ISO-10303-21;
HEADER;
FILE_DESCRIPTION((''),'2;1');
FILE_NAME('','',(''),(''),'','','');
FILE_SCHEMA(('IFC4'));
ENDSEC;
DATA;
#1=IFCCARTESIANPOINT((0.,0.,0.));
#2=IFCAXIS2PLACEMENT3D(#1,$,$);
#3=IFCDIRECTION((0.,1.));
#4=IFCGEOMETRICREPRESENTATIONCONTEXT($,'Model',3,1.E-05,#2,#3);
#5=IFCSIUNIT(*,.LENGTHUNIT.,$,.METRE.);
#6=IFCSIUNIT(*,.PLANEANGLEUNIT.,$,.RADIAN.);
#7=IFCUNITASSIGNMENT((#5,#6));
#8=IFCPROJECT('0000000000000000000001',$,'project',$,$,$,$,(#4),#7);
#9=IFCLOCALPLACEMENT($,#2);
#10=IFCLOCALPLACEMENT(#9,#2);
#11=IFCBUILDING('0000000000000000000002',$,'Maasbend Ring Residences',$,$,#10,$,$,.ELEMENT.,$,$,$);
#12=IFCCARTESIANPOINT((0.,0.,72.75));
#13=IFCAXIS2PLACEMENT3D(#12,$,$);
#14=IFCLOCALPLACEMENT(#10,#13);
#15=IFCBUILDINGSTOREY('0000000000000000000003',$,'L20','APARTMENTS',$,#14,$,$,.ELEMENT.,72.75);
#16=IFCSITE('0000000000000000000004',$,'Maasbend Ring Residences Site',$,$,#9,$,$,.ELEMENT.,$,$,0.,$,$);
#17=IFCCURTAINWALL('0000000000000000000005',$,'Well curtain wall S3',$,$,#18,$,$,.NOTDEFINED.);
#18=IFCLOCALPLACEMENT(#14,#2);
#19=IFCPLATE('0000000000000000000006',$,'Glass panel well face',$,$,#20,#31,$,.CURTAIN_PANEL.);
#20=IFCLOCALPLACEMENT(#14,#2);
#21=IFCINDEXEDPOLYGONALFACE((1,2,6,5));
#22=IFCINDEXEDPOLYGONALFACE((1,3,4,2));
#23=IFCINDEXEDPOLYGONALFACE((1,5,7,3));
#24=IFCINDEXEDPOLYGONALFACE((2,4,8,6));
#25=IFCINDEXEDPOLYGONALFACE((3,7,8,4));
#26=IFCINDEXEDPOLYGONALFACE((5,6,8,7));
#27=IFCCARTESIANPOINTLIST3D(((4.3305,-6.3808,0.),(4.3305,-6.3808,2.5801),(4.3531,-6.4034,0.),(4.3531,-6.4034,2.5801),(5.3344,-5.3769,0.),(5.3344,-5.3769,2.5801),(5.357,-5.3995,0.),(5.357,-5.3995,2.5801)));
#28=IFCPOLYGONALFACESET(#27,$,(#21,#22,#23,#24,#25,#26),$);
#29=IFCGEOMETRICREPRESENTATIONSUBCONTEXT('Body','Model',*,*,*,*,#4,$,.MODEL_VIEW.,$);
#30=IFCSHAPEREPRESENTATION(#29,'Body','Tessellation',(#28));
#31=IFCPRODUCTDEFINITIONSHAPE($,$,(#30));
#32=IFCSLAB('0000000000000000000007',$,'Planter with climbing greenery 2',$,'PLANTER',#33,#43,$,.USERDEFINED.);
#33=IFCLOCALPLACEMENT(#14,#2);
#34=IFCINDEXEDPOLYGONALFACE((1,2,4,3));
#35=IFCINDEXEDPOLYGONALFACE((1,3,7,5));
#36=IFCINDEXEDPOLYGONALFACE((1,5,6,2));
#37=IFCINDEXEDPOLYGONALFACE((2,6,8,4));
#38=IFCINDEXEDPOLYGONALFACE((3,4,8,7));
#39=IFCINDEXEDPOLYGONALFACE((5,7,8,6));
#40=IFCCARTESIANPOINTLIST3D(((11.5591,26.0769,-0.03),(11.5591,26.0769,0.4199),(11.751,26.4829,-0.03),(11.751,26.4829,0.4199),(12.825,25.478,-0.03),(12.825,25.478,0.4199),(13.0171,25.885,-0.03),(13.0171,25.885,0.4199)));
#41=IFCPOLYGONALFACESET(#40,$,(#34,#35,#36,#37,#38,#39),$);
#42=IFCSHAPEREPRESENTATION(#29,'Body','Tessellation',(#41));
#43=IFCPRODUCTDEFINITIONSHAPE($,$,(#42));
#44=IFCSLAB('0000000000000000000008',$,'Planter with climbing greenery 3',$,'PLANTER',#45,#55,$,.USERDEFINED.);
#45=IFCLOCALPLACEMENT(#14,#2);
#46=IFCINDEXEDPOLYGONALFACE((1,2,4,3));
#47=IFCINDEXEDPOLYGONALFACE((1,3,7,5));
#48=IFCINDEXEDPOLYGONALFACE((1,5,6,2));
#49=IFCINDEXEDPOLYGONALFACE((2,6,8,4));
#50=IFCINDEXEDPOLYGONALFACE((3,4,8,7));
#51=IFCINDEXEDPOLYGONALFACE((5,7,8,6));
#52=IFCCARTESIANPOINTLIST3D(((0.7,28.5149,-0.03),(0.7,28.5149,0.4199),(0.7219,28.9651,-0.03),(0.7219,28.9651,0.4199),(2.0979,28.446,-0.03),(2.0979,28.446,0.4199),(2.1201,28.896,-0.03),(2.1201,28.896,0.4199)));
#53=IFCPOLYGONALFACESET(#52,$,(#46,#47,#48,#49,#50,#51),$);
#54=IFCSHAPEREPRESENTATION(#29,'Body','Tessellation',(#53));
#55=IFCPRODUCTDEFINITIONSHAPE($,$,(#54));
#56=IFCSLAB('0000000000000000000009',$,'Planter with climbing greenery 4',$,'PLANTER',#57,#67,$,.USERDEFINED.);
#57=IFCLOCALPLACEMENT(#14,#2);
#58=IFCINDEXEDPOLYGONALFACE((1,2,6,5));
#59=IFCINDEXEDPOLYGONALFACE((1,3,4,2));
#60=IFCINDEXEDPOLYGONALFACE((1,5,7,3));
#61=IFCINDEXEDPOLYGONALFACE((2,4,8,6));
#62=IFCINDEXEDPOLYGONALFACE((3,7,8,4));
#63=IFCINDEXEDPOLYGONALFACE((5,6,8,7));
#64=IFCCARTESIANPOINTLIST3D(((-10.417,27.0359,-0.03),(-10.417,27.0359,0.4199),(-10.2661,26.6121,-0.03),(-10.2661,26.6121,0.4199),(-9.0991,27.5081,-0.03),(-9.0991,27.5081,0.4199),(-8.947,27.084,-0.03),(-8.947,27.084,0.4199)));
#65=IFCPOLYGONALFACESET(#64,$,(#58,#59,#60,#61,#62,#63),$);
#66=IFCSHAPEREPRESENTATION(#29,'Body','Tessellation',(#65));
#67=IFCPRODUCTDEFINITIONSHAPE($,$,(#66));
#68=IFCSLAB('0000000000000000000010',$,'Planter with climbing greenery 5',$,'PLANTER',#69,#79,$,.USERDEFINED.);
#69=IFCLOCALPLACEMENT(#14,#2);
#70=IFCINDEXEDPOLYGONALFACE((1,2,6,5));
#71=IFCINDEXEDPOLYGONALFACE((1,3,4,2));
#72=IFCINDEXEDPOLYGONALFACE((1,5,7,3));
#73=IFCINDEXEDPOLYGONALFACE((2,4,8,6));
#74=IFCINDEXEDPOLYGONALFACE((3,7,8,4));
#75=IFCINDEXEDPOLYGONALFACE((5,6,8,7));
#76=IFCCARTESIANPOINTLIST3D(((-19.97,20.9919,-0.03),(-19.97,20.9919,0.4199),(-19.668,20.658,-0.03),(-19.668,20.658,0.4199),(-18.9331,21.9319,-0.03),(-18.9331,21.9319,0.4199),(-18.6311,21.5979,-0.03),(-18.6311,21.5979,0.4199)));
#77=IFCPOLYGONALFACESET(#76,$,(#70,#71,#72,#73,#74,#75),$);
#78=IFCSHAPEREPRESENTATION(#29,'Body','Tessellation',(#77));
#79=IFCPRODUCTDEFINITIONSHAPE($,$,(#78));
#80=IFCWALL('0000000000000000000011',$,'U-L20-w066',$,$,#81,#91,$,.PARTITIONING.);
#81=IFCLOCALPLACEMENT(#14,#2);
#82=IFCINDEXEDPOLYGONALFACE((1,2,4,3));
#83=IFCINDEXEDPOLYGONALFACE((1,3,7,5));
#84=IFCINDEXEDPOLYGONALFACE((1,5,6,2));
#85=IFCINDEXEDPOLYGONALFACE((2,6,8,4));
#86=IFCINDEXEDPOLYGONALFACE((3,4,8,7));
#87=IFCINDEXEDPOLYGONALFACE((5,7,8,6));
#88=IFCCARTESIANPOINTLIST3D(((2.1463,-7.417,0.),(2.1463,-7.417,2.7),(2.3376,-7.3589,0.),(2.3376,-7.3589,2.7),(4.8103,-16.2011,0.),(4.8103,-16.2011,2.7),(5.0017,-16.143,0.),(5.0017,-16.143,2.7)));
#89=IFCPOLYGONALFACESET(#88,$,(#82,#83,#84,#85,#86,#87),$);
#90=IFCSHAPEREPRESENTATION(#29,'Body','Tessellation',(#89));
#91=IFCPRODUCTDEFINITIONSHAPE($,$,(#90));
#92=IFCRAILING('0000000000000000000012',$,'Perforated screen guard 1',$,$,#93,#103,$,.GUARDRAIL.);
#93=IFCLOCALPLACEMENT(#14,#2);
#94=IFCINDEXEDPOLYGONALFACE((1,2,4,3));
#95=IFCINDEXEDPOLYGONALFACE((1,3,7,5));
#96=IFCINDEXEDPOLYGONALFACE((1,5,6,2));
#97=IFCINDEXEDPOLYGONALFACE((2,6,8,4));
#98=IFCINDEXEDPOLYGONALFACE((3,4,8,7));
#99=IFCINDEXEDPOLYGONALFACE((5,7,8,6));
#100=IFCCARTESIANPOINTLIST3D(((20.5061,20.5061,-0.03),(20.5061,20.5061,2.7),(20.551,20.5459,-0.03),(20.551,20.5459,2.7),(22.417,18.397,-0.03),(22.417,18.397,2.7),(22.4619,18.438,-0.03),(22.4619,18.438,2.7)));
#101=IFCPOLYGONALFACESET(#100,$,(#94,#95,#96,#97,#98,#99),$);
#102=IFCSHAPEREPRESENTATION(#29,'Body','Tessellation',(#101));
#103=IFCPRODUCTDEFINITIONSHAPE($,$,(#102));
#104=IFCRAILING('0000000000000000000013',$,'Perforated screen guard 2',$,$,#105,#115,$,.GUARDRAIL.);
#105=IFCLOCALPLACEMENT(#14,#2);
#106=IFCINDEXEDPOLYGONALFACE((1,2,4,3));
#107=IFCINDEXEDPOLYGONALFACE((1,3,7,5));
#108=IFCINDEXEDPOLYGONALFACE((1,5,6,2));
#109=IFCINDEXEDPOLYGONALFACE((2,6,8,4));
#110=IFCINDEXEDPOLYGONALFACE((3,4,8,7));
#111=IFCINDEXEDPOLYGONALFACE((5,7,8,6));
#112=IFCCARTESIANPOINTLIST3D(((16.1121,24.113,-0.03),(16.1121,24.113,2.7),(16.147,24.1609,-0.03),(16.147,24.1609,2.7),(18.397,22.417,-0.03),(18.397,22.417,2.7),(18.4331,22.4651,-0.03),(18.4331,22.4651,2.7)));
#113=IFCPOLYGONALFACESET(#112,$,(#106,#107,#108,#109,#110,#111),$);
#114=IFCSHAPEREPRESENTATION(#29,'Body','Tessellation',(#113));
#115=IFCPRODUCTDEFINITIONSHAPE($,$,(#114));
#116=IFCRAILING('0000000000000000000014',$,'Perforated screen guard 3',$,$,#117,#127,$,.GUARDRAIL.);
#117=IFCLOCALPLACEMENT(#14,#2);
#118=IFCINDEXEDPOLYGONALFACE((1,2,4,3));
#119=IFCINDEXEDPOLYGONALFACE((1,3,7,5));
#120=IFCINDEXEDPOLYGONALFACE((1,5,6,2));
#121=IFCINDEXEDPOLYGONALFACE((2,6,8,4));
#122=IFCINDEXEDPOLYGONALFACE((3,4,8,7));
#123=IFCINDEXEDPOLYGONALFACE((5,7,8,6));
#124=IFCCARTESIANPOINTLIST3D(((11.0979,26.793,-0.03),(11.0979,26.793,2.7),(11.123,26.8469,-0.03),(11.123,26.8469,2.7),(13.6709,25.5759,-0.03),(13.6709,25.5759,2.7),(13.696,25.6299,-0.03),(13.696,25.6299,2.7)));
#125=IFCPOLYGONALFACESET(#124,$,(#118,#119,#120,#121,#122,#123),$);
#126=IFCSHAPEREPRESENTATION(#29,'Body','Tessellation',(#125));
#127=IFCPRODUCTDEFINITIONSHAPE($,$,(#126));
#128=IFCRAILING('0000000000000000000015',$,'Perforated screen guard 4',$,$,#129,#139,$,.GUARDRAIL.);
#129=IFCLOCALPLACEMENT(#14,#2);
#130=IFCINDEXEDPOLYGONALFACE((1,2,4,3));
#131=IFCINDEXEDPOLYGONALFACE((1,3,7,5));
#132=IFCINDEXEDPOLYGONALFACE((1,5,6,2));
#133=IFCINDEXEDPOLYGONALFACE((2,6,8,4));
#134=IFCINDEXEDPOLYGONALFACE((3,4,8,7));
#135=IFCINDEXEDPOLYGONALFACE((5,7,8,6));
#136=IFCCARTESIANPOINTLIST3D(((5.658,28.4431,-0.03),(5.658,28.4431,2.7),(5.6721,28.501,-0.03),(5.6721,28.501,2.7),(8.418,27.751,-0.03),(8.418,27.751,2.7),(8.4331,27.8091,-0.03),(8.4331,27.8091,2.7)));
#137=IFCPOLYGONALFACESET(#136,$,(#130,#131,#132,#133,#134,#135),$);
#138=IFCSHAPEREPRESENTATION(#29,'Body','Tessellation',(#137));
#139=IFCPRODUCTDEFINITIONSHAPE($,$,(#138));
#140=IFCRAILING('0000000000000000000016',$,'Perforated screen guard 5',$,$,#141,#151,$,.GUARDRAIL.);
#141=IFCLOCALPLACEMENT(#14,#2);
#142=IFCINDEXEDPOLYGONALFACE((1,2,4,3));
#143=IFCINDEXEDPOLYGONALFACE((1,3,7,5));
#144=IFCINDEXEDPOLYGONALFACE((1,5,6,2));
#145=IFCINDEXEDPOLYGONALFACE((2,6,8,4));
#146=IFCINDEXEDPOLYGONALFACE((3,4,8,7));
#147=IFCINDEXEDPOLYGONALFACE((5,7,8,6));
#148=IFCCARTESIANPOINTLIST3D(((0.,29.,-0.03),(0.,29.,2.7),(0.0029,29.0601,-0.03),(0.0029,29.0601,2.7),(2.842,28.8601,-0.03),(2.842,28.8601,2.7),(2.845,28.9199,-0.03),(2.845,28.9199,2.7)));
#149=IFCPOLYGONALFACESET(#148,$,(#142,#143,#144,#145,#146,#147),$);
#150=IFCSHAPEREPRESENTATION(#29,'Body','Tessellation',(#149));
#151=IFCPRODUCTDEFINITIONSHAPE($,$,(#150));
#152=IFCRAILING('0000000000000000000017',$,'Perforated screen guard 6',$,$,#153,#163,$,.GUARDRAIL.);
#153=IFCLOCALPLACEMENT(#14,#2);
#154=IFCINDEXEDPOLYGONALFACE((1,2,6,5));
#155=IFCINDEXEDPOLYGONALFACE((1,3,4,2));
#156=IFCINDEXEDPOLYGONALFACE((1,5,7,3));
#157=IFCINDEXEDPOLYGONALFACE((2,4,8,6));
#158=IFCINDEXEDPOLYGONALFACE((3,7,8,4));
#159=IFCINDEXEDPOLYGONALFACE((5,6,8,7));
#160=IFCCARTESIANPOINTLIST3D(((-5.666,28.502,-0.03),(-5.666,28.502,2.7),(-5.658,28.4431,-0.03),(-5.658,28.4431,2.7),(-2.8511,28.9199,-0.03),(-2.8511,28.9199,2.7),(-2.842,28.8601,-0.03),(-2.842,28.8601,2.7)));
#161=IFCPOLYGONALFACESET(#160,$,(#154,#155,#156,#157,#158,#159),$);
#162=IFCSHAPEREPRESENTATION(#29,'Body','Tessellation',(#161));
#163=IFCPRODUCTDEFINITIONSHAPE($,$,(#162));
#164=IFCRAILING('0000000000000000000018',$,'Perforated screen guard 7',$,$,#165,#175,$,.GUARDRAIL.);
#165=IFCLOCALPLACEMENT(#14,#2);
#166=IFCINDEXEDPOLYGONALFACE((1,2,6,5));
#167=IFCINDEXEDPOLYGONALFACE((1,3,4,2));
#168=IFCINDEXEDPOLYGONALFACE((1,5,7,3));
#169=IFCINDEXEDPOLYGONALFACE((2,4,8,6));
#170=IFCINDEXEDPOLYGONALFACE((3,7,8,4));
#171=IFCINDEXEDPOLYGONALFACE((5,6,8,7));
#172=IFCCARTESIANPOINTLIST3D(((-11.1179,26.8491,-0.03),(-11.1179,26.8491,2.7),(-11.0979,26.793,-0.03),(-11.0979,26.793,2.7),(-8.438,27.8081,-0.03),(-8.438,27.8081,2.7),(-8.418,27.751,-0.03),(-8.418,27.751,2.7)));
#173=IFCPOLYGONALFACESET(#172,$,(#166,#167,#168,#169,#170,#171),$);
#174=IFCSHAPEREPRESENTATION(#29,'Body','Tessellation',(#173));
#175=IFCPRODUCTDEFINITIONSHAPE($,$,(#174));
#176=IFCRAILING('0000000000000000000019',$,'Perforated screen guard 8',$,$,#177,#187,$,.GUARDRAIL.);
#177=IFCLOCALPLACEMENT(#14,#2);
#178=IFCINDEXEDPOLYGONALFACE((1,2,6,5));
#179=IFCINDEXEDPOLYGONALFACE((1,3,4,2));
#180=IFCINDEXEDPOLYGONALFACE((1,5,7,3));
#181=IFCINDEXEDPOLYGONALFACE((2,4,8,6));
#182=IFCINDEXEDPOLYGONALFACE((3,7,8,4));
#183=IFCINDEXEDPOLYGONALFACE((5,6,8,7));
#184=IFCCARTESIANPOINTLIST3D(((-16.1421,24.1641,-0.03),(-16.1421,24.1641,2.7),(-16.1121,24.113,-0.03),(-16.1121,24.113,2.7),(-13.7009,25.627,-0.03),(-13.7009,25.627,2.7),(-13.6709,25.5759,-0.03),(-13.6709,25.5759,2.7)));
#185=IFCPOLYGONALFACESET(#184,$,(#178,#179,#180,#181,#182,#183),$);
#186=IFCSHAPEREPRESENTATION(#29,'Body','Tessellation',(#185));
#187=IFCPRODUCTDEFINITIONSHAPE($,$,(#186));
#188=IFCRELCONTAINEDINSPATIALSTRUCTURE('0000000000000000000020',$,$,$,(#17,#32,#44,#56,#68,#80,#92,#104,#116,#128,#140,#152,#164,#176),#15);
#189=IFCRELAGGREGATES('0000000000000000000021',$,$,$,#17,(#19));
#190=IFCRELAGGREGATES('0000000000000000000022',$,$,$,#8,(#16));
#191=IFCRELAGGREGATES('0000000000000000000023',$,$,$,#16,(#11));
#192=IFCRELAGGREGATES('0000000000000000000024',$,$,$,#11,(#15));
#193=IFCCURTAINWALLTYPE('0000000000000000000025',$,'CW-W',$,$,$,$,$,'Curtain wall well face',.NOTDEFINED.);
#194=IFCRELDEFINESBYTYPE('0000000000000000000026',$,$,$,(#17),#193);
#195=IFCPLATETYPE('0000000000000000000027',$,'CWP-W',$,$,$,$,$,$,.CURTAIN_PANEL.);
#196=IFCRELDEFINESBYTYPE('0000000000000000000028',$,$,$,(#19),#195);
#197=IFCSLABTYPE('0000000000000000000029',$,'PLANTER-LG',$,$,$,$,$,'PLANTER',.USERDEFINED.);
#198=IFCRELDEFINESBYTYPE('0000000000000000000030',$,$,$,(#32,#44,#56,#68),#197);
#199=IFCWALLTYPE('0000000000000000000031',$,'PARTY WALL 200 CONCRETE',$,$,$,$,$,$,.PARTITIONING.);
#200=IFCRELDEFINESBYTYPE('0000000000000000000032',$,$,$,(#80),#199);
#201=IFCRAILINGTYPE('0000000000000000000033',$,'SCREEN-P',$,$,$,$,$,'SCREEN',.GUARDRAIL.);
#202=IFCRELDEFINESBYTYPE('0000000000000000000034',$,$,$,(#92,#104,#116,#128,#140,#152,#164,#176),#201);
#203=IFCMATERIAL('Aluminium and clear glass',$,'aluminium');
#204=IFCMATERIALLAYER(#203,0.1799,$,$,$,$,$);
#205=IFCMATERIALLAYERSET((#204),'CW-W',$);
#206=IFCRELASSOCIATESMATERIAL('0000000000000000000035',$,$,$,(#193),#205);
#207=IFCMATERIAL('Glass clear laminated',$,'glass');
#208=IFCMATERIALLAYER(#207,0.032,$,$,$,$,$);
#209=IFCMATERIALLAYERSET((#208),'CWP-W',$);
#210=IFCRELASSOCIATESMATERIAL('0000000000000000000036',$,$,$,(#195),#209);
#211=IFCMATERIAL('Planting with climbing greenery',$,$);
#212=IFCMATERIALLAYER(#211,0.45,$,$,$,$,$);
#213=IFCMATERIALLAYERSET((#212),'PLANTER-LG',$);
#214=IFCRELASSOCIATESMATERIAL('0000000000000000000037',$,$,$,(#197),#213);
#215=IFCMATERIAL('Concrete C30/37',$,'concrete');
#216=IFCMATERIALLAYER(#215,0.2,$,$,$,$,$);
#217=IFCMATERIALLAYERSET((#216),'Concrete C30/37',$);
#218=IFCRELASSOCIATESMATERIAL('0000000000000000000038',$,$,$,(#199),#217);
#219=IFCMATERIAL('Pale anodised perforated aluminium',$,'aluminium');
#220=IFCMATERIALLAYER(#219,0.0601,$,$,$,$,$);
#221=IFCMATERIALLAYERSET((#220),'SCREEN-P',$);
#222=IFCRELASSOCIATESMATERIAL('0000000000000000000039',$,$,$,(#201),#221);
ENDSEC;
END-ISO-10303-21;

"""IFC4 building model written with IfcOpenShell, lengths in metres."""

from ifc_helpers import new_model, si_unit, direction, frame, frame_2d, origin, origin_2d, place, context, subcontext, project, spatial, polyline, rectangle, outline, extrude, material, layer, layer_set, type_object, element, aggregate, save


model = new_model("IFC4")

# Units and contexts
model_context = context("Model", 3, precision=1e-05, world=origin(), true_north=direction((0.0, 1.0)))
body_context = subcontext(model_context, "Body", "Model", "MODEL_VIEW")
ifc_project = project(units=[si_unit("LENGTHUNIT", "METRE"), si_unit("PLANEANGLEUNIT", "RADIAN")], contexts=[model_context])

# Site, building, storey
site_placement = place(None, origin())
site = spatial("IfcSite", under=ifc_project, at=site_placement, Name="Maasbend Ring Residences Site", CompositionType="ELEMENT", RefElevation=0.0)
building_placement = place(site_placement, origin())
building = spatial("IfcBuilding", under=site, at=building_placement, Name="Maasbend Ring Residences", CompositionType="ELEMENT")
storey_placement = place(building_placement, frame((0.0, 0.0, 72.75)))
storey = spatial("IfcBuildingStorey", under=building, at=storey_placement, Name="L20", Description="APARTMENTS", CompositionType="ELEMENT", Elevation=72.75)

# Shared definitions
ifc_material_1 = material(Name="Aluminium and clear glass", Category="aluminium")
ifc_layer_1 = layer(ifc_material_1, 0.1799)
ifc_layer_set_1 = layer_set([ifc_layer_1], Name="CW-W")
curtain_wall_type = type_object("IfcCurtainWallType", Name="CW-W", ElementType="Curtain wall well face", PredefinedType="NOTDEFINED", material=ifc_layer_set_1)

# Curtain wall
curtain_wall_1_placement = place(storey_placement, origin())
curtain_wall_1 = element("IfcCurtainWall", 1, at=curtain_wall_1_placement, inside=storey, type_object=curtain_wall_type, Name="Well curtain wall S3", PredefinedType="NOTDEFINED")

# Plate
ifc_material_2 = material(Name="Glass clear laminated", Category="glass")
ifc_layer_2 = layer(ifc_material_2, 0.032)
ifc_layer_set_2 = layer_set([ifc_layer_2], Name="CWP-W")
plate_type = type_object("IfcPlateType", Name="CWP-W", PredefinedType="CURTAIN_PANEL", material=ifc_layer_set_2)
plate_1_placement = place(storey_placement, frame((4.8438, -5.8901, 0.0), z_axis=(0.0, 0.0, 1.0), x_axis=(0.707107, 0.707107, 0.0)))
plate_1 = element("IfcPlate", 2, at=plate_1_placement, type_object=plate_type, Name="Glass panel well face", PredefinedType="CURTAIN_PANEL", context=body_context, shape_type="SweptSolid", body=[
    extrude(rectangle(XDim=1.4197, YDim=0.032, at=origin_2d()), origin(), (0.0, 0.0, 1.0), 2.5801),
])
aggregate(curtain_wall_1, [plate_1])

# Slabs
ifc_material_3 = material(Name="Planting with climbing greenery")
ifc_layer_3 = layer(ifc_material_3, 0.45)
ifc_layer_set_3 = layer_set([ifc_layer_3], Name="PLANTER-LG")
slab_type_1 = type_object("IfcSlabType", Name="PLANTER-LG", ElementType="PLANTER", PredefinedType="USERDEFINED", material=ifc_layer_set_3)
slab_1_placement = place(storey_placement, frame((0.0, 0.0, -0.03)))
element("IfcSlab", 3, at=slab_1_placement, inside=storey, type_object=slab_type_1, Name="Planter with climbing greenery 2", ObjectType="PLANTER", PredefinedType="USERDEFINED", context=body_context, shape_type="SweptSolid", body=[
    extrude(outline(polyline([(13.0171, 25.885), (11.751, 26.4829), (11.5591, 26.0769), (12.825, 25.478), (13.0171, 25.885)])), origin(), (0.0, 0.0, 1.0), 0.45),
])
slab_2_placement = place(storey_placement, frame((0.0, 0.0, -0.03)))
element("IfcSlab", 4, at=slab_2_placement, inside=storey, type_object=slab_type_1, Name="Planter with climbing greenery 3", ObjectType="PLANTER", PredefinedType="USERDEFINED", context=body_context, shape_type="SweptSolid", body=[
    extrude(outline(polyline([(2.1201, 28.896), (0.7219, 28.9651), (0.7, 28.5149), (2.0979, 28.446), (2.1201, 28.896)])), origin(), (0.0, 0.0, 1.0), 0.45),
])
slab_3_placement = place(storey_placement, frame((0.0, 0.0, -0.03)))
element("IfcSlab", 5, at=slab_3_placement, inside=storey, type_object=slab_type_1, Name="Planter with climbing greenery 4", ObjectType="PLANTER", PredefinedType="USERDEFINED", context=body_context, shape_type="SweptSolid", body=[
    extrude(outline(polyline([(-9.0991, 27.5081), (-10.417, 27.0359), (-10.2661, 26.6121), (-8.947, 27.084), (-9.0991, 27.5081)])), origin(), (0.0, 0.0, 1.0), 0.45),
])
slab_4_placement = place(storey_placement, frame((0.0, 0.0, -0.03)))
element("IfcSlab", 6, at=slab_4_placement, inside=storey, type_object=slab_type_1, Name="Planter with climbing greenery 5", ObjectType="PLANTER", PredefinedType="USERDEFINED", context=body_context, shape_type="SweptSolid", body=[
    extrude(outline(polyline([(-18.9331, 21.9319), (-19.97, 20.9919), (-19.668, 20.658), (-18.6311, 21.5979), (-18.9331, 21.9319)])), origin(), (0.0, 0.0, 1.0), 0.45),
])

# Wall
ifc_material_4 = material(Name="Concrete C30/37", Category="concrete")
ifc_layer_4 = layer(ifc_material_4, 0.2)
ifc_layer_set_4 = layer_set([ifc_layer_4], Name="Concrete C30/37")
wall_type = type_object("IfcWallType", Name="PARTY WALL 200 CONCRETE", PredefinedType="PARTITIONING", material=ifc_layer_set_4)
wall_placement = place(storey_placement, frame((2.2419, -7.3879, 0.0), z_axis=(0.0, 0.0, 1.0), x_axis=(0.290226, -0.956958, 0.0)))
element("IfcWall", 7, at=wall_placement, inside=storey, type_object=wall_type, Name="U-L20-w066", PredefinedType="PARTITIONING", context=body_context, shape_type="SweptSolid", body=[
    extrude(rectangle(XDim=9.1792, YDim=0.2, at=frame_2d((4.5896, 0.0))), origin(), (0.0, 0.0, 1.0), 2.7),
])

# Railings
ifc_material_5 = material(Name="Pale anodised perforated aluminium", Category="aluminium")
ifc_layer_5 = layer(ifc_material_5, 0.0601)
ifc_layer_set_5 = layer_set([ifc_layer_5], Name="SCREEN-P")
railing_type = type_object("IfcRailingType", Name="SCREEN-P", ElementType="SCREEN", PredefinedType="GUARDRAIL", material=ifc_layer_set_5)
railing_1_placement = place(storey_placement, frame((0.0, 0.0, -0.03)))
element("IfcRailing", 8, at=railing_1_placement, inside=storey, type_object=railing_type, Name="Perforated screen guard 1", PredefinedType="GUARDRAIL", context=body_context, shape_type="SweptSolid", body=[
    extrude(outline(polyline([(22.417, 18.397), (20.5061, 20.5061), (20.551, 20.5459), (22.4619, 18.438), (22.417, 18.397)])), origin(), (0.0, 0.0, 1.0), 2.73),
])
railing_2_placement = place(storey_placement, frame((0.0, 0.0, -0.03)))
element("IfcRailing", 9, at=railing_2_placement, inside=storey, type_object=railing_type, Name="Perforated screen guard 2", PredefinedType="GUARDRAIL", context=body_context, shape_type="SweptSolid", body=[
    extrude(outline(polyline([(18.397, 22.417), (16.1121, 24.113), (16.147, 24.1609), (18.4331, 22.4651), (18.397, 22.417)])), origin(), (0.0, 0.0, 1.0), 2.73),
])
railing_3_placement = place(storey_placement, frame((0.0, 0.0, -0.03)))
element("IfcRailing", 10, at=railing_3_placement, inside=storey, type_object=railing_type, Name="Perforated screen guard 3", PredefinedType="GUARDRAIL", context=body_context, shape_type="SweptSolid", body=[
    extrude(outline(polyline([(13.6709, 25.5759), (11.0979, 26.793), (11.123, 26.8469), (13.696, 25.6299), (13.6709, 25.5759)])), origin(), (0.0, 0.0, 1.0), 2.73),
])
railing_4_placement = place(storey_placement, frame((0.0, 0.0, -0.03)))
element("IfcRailing", 11, at=railing_4_placement, inside=storey, type_object=railing_type, Name="Perforated screen guard 4", PredefinedType="GUARDRAIL", context=body_context, shape_type="SweptSolid", body=[
    extrude(outline(polyline([(8.418, 27.751), (5.658, 28.4431), (5.6721, 28.501), (8.4331, 27.8091), (8.418, 27.751)])), origin(), (0.0, 0.0, 1.0), 2.73),
])
railing_5_placement = place(storey_placement, frame((0.0, 0.0, -0.03)))
element("IfcRailing", 12, at=railing_5_placement, inside=storey, type_object=railing_type, Name="Perforated screen guard 5", PredefinedType="GUARDRAIL", context=body_context, shape_type="SweptSolid", body=[
    extrude(outline(polyline([(2.842, 28.8601), (0.0, 29.0), (0.0029, 29.0601), (2.845, 28.9199), (2.842, 28.8601)])), origin(), (0.0, 0.0, 1.0), 2.73),
])
railing_6_placement = place(storey_placement, frame((0.0, 0.0, -0.03)))
element("IfcRailing", 13, at=railing_6_placement, inside=storey, type_object=railing_type, Name="Perforated screen guard 6", PredefinedType="GUARDRAIL", context=body_context, shape_type="SweptSolid", body=[
    extrude(outline(polyline([(-2.842, 28.8601), (-5.658, 28.4431), (-5.666, 28.502), (-2.8511, 28.9199), (-2.842, 28.8601)])), origin(), (0.0, 0.0, 1.0), 2.73),
])
railing_7_placement = place(storey_placement, frame((0.0, 0.0, -0.03)))
element("IfcRailing", 14, at=railing_7_placement, inside=storey, type_object=railing_type, Name="Perforated screen guard 7", PredefinedType="GUARDRAIL", context=body_context, shape_type="SweptSolid", body=[
    extrude(outline(polyline([(-8.418, 27.751), (-11.0979, 26.793), (-11.1179, 26.8491), (-8.438, 27.8081), (-8.418, 27.751)])), origin(), (0.0, 0.0, 1.0), 2.73),
])
railing_8_placement = place(storey_placement, frame((0.0, 0.0, -0.03)))
element("IfcRailing", 15, at=railing_8_placement, inside=storey, type_object=railing_type, Name="Perforated screen guard 8", PredefinedType="GUARDRAIL", context=body_context, shape_type="SweptSolid", body=[
    extrude(outline(polyline([(-13.6709, 25.5759), (-16.1121, 24.113), (-16.1421, 24.1641), (-13.7009, 25.627), (-13.6709, 25.5759)])), origin(), (0.0, 0.0, 1.0), 2.73),
])

save(model, "model.ifc")
